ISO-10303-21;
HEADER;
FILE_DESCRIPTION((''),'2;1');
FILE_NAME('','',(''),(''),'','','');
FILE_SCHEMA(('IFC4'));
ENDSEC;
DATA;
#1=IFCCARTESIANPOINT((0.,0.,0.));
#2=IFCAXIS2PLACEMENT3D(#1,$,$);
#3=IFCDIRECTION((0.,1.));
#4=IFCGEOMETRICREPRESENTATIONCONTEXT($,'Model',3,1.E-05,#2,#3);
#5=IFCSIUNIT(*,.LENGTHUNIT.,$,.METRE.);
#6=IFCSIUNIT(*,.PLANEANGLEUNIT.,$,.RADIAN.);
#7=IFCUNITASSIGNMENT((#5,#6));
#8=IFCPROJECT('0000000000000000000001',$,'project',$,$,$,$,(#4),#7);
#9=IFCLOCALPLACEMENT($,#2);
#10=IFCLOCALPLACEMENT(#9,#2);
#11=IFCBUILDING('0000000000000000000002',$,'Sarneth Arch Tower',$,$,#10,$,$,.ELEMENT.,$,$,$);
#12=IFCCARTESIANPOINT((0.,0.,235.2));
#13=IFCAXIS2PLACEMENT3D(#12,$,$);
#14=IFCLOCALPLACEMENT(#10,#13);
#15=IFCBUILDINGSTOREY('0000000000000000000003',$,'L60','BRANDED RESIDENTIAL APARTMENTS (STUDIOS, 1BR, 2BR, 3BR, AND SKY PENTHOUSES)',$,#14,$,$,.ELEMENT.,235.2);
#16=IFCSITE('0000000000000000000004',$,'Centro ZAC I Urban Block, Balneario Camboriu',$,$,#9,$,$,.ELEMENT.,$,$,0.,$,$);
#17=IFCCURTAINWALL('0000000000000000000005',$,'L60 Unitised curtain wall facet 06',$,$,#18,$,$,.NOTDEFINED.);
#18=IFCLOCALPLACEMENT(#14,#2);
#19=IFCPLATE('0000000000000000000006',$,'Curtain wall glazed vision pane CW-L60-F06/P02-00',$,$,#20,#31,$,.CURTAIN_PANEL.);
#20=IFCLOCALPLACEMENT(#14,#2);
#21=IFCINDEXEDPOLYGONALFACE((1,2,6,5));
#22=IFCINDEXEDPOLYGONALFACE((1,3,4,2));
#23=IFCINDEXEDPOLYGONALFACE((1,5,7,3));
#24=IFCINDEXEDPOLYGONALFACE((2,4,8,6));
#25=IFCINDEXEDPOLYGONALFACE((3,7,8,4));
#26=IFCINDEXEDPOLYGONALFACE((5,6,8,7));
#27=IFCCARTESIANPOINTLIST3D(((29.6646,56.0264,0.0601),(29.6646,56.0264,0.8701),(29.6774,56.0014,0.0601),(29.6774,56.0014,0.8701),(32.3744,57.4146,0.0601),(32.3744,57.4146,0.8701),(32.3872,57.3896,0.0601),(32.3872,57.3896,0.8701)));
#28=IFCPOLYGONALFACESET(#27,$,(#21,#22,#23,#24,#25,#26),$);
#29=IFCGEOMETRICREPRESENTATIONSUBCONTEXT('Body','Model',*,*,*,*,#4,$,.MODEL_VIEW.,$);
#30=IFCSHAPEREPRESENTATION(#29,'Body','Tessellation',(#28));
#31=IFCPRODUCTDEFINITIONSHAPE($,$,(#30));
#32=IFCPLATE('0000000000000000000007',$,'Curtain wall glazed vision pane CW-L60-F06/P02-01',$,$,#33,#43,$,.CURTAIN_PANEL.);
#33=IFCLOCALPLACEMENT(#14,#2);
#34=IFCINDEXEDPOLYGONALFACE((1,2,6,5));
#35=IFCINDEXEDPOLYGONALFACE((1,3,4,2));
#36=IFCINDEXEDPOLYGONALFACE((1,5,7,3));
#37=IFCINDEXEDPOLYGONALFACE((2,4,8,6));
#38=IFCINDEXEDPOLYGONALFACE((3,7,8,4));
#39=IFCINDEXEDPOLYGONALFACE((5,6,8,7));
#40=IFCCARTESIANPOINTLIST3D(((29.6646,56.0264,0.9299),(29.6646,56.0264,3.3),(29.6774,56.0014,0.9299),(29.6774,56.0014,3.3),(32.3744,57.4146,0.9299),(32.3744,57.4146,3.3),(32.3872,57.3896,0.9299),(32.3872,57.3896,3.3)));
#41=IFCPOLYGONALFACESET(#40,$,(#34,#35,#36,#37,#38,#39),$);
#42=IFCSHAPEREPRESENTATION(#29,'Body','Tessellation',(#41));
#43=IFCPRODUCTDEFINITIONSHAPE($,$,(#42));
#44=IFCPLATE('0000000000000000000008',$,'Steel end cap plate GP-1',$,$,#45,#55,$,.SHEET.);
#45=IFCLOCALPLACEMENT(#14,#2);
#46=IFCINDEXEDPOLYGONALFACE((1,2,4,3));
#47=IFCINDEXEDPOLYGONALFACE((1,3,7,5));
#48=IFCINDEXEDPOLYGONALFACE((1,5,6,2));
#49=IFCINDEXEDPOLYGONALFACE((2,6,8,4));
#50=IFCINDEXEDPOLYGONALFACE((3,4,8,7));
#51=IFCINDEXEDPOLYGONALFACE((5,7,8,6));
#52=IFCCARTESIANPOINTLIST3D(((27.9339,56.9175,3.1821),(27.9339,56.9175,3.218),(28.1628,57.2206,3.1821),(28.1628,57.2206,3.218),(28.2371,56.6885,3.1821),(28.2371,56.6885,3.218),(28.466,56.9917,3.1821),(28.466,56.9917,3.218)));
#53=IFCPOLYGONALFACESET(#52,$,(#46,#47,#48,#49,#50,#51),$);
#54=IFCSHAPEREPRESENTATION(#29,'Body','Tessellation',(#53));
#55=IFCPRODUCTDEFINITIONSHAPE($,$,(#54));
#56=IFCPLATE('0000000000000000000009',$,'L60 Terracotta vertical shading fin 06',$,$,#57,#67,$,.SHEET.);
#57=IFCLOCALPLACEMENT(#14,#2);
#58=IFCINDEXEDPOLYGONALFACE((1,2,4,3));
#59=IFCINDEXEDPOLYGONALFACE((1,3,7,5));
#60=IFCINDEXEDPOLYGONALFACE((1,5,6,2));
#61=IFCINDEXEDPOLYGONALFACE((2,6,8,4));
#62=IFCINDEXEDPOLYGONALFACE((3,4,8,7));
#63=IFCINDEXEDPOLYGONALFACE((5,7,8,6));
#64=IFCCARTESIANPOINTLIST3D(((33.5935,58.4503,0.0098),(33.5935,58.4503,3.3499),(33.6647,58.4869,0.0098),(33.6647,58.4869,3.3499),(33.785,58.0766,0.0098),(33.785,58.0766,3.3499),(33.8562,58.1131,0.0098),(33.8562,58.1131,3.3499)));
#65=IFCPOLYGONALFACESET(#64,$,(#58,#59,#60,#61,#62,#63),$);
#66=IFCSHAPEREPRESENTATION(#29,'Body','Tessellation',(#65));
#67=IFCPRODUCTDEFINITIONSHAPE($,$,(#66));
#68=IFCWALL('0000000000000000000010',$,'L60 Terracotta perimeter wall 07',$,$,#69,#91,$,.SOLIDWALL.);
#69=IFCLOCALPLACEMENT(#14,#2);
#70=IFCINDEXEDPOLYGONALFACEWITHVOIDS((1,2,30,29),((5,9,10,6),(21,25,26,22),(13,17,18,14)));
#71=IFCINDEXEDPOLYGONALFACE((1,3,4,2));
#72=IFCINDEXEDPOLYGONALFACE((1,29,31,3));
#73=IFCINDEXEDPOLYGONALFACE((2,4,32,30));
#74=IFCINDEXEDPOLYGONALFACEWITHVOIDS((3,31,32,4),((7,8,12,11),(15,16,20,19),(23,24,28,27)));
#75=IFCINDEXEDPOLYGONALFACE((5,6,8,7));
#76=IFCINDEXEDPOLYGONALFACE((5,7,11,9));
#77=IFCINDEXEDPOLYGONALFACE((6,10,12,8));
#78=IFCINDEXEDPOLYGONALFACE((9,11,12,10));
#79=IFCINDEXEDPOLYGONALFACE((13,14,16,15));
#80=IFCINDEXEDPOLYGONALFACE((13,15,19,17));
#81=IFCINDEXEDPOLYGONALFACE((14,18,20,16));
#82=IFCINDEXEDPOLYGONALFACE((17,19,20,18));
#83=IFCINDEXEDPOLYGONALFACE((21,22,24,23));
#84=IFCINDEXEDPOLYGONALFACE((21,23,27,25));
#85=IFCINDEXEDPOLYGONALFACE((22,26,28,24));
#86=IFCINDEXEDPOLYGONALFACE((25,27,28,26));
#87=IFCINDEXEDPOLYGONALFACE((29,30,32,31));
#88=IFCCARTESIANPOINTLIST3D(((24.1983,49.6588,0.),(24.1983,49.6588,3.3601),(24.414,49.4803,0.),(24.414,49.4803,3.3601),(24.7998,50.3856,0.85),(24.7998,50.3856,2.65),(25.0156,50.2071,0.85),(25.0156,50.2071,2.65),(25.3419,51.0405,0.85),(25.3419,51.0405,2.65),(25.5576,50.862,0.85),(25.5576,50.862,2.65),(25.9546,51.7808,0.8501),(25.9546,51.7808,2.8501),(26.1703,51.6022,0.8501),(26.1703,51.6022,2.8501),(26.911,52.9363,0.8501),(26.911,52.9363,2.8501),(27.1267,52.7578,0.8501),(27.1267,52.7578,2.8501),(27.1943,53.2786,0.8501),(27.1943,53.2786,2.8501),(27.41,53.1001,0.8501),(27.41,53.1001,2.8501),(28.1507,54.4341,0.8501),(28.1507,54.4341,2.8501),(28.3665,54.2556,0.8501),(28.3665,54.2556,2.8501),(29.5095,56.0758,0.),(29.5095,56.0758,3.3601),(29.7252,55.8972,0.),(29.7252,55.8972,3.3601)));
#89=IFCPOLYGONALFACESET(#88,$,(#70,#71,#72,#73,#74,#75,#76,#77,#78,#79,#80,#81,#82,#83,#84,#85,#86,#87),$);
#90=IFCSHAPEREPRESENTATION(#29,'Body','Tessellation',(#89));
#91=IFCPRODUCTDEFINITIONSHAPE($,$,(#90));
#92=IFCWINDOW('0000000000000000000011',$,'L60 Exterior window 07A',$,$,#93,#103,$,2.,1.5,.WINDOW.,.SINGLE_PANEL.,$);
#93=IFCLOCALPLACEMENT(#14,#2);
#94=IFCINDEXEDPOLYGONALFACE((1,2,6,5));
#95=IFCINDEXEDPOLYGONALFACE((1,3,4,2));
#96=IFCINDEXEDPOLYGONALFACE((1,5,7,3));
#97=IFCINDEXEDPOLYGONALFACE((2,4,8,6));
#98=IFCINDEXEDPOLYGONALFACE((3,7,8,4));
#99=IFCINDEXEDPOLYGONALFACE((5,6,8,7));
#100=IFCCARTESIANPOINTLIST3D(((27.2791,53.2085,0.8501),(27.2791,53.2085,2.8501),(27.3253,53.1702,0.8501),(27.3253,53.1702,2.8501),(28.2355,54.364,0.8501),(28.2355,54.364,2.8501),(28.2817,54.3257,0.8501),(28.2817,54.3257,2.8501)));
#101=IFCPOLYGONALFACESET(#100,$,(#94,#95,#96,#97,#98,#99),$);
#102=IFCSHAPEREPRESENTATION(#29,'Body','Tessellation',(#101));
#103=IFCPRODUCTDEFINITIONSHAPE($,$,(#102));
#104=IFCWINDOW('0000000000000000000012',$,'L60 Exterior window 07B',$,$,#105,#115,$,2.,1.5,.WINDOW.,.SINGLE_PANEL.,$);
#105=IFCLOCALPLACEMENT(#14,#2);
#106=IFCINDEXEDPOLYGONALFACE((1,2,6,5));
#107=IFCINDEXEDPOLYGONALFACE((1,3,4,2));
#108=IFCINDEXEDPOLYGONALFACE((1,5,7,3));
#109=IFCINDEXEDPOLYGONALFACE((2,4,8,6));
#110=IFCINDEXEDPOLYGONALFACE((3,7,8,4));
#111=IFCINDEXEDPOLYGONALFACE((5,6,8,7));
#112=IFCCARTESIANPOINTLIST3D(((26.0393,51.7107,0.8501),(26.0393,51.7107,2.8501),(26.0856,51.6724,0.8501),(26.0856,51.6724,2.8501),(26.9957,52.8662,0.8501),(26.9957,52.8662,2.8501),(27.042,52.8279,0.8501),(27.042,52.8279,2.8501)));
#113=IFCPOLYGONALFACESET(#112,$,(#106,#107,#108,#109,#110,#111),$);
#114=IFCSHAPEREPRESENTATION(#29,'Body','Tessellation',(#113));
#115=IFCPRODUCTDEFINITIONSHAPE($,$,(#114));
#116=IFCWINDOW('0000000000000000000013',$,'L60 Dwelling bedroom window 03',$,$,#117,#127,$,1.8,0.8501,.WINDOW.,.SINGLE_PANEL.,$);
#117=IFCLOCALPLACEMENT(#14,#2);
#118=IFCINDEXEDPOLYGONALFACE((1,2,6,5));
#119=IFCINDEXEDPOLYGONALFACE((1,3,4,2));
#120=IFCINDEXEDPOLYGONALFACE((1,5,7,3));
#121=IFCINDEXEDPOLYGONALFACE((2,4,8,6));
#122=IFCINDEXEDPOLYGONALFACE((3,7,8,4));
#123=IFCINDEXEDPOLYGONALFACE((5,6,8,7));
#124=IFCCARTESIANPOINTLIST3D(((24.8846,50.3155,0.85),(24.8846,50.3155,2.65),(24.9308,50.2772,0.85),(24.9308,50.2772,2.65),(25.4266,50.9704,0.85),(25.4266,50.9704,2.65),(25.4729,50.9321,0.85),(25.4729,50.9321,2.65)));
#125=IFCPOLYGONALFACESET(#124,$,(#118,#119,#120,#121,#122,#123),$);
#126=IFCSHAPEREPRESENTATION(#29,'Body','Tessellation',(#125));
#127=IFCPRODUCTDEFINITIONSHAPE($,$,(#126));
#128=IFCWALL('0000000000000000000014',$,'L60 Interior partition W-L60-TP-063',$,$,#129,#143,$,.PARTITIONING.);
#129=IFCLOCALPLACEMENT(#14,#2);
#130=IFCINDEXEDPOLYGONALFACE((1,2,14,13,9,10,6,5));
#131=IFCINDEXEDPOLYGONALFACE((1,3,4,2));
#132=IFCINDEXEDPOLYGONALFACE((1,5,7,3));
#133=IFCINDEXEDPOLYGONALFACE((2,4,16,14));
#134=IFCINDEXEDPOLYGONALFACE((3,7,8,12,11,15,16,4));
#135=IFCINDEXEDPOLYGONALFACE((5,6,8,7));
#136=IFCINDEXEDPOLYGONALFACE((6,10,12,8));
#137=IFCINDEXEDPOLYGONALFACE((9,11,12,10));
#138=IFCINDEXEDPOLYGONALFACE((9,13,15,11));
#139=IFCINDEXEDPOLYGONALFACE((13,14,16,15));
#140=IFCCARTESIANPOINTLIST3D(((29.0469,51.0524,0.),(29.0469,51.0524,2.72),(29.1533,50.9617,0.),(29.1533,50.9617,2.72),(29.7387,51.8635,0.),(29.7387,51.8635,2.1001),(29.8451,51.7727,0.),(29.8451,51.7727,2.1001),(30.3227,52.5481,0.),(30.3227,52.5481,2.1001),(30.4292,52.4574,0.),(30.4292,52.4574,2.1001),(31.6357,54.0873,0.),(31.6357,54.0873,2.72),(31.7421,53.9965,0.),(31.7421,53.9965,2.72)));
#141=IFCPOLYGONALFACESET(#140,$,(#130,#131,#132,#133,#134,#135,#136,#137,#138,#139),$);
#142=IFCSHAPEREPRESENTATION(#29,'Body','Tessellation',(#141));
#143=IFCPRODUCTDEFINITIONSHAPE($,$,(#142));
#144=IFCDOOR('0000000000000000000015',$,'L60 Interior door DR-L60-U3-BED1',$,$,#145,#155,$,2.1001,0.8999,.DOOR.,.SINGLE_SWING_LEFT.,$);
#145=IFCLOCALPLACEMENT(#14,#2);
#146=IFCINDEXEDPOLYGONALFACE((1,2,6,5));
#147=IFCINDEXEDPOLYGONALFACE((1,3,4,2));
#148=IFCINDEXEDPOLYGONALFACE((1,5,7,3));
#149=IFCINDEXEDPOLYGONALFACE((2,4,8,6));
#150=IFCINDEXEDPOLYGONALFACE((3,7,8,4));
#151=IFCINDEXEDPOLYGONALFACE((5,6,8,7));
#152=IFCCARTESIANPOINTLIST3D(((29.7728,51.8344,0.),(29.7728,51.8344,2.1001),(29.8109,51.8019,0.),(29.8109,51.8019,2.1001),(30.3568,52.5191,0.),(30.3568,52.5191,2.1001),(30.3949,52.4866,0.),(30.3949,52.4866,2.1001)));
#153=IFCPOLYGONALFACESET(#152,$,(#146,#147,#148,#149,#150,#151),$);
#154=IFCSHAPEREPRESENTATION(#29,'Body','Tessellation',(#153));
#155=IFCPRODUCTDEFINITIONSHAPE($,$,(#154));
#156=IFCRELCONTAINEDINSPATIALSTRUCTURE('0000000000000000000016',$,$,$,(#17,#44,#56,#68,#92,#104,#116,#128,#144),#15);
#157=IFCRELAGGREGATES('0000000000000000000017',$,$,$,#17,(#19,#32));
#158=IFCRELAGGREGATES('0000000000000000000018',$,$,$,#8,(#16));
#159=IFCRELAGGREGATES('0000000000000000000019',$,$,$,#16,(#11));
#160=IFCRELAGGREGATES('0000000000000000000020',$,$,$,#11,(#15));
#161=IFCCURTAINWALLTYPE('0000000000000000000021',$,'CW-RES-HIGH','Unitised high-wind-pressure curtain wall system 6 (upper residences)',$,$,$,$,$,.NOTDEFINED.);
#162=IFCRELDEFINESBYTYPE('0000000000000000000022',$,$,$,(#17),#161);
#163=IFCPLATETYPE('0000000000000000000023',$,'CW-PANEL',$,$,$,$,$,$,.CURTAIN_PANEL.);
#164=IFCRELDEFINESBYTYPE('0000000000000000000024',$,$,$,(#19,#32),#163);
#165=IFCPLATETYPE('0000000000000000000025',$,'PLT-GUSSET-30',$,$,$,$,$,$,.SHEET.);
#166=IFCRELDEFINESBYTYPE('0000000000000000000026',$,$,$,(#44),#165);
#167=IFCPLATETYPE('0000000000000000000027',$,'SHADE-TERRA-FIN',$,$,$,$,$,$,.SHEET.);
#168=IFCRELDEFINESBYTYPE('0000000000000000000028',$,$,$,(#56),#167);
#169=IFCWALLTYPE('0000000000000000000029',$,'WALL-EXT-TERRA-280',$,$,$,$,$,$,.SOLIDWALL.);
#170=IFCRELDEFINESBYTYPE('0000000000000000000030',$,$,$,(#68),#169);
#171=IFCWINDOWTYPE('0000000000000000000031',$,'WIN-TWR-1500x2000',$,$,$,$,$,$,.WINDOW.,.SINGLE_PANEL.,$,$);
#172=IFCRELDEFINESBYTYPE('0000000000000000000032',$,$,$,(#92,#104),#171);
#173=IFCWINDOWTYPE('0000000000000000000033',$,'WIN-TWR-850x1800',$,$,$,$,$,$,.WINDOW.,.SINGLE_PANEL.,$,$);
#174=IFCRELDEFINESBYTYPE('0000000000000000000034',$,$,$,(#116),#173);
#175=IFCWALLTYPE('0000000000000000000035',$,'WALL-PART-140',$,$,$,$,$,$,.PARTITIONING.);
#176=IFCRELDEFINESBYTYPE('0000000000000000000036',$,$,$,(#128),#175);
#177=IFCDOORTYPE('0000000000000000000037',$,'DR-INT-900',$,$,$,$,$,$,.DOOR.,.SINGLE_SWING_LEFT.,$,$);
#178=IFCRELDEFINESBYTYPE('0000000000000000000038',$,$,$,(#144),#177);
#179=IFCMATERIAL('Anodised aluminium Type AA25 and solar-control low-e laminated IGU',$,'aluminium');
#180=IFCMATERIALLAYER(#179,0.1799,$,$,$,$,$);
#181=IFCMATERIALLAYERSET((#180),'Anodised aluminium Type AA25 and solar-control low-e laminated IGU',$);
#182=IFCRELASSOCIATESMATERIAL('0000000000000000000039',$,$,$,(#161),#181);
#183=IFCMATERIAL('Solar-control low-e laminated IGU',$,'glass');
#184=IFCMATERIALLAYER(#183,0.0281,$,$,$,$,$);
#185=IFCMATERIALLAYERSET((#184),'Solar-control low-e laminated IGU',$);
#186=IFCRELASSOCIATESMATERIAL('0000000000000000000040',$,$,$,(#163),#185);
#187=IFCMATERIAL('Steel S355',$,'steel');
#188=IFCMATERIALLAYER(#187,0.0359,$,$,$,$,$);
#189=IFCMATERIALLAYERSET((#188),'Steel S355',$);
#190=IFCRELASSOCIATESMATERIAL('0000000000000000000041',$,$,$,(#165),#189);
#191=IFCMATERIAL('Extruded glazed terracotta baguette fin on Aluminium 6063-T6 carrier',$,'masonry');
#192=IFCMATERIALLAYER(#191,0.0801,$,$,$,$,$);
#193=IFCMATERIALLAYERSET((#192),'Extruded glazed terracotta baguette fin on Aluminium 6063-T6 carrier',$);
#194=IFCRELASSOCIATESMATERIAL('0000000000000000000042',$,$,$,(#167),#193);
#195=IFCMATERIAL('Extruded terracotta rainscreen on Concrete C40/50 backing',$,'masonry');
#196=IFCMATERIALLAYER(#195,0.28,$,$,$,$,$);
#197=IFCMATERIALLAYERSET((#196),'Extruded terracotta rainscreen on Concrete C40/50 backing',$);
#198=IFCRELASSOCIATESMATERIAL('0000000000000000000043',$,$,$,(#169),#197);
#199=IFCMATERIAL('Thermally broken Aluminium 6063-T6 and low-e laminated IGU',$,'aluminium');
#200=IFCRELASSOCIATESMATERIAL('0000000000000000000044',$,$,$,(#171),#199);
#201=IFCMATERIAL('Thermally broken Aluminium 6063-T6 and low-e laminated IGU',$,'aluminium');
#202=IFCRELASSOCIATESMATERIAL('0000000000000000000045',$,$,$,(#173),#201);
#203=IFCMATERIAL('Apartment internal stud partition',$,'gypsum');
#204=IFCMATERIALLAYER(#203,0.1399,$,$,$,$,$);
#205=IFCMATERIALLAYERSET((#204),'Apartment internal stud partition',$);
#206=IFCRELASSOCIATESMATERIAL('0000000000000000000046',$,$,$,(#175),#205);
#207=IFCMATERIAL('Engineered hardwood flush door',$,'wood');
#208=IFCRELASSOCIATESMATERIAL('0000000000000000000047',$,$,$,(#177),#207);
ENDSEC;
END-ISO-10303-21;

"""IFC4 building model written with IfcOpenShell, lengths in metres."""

from ifc_helpers import new_model, si_unit, direction, frame, frame_2d, origin, origin_2d, place, context, subcontext, project, spatial, rectangle, extrude, material, layer, layer_set, type_object, element, fill, aggregate, save


model = new_model("IFC4")

# Units and contexts
model_context = context("Model", 3, precision=1e-05, world=origin(), true_north=direction((0.0, 1.0)))
body_context = subcontext(model_context, "Body", "Model", "MODEL_VIEW")
ifc_project = project(units=[si_unit("LENGTHUNIT", "METRE"), si_unit("PLANEANGLEUNIT", "RADIAN")], contexts=[model_context])

# Site, building, storey
site_placement = place(None, origin())
site = spatial("IfcSite", under=ifc_project, at=site_placement, Name="Centro ZAC I Urban Block, Balneario Camboriu", CompositionType="ELEMENT", RefElevation=0.0)
building_placement = place(site_placement, origin())
building = spatial("IfcBuilding", under=site, at=building_placement, Name="Sarneth Arch Tower", CompositionType="ELEMENT")
storey_placement = place(building_placement, frame((0.0, 0.0, 235.2)))
storey = spatial("IfcBuildingStorey", under=building, at=storey_placement, Name="L60", Description="BRANDED RESIDENTIAL APARTMENTS (STUDIOS, 1BR, 2BR, 3BR, AND SKY PENTHOUSES)", CompositionType="ELEMENT", Elevation=235.2)

# Curtain wall
ifc_material_1 = material(Name="Anodised aluminium Type AA25 and solar-control low-e laminated IGU", Category="aluminium")
ifc_layer_1 = layer(ifc_material_1, 0.1799)
ifc_layer_set_1 = layer_set([ifc_layer_1], Name="Anodised aluminium Type AA25 and solar-control low-e laminated IGU")
curtain_wall_type = type_object("IfcCurtainWallType", Name="CW-RES-HIGH", Description="Unitised high-wind-pressure curtain wall system 6 (upper residences)", PredefinedType="NOTDEFINED", material=ifc_layer_set_1)
curtain_wall_placement = place(storey_placement, origin())
curtain_wall = element("IfcCurtainWall", 1, at=curtain_wall_placement, inside=storey, type_object=curtain_wall_type, Name="L60 Unitised curtain wall facet 06", PredefinedType="NOTDEFINED")

# Plates
ifc_material_2 = material(Name="Solar-control low-e laminated IGU", Category="glass")
ifc_layer_2 = layer(ifc_material_2, 0.0281)
ifc_layer_set_2 = layer_set([ifc_layer_2], Name="Solar-control low-e laminated IGU")
plate_type_1 = type_object("IfcPlateType", Name="CW-PANEL", PredefinedType="CURTAIN_PANEL", material=ifc_layer_set_2)
plate_1_placement = place(storey_placement, frame((31.0259, 56.708, 0.0601), z_axis=(0.0, 0.0, 1.0), x_axis=(-0.89001, -0.455942, 0.0)))
plate_1 = element("IfcPlate", 2, at=plate_1_placement, type_object=plate_type_1, Name="Curtain wall glazed vision pane CW-L60-F06/P02-00", PredefinedType="CURTAIN_PANEL", context=body_context, shape_type="SweptSolid", body=[
    extrude(rectangle(XDim=3.0447, YDim=0.0281, at=origin_2d()), origin(), (0.0, 0.0, 1.0), 0.8101),
])
plate_2_placement = place(storey_placement, frame((31.0259, 56.708, 0.9299), z_axis=(0.0, 0.0, 1.0), x_axis=(-0.89001, -0.455942, 0.0)))
plate_2 = element("IfcPlate", 3, at=plate_2_placement, type_object=plate_type_1, Name="Curtain wall glazed vision pane CW-L60-F06/P02-01", PredefinedType="CURTAIN_PANEL", context=body_context, shape_type="SweptSolid", body=[
    extrude(rectangle(XDim=3.0447, YDim=0.0281, at=origin_2d()), origin(), (0.0, 0.0, 1.0), 2.3701),
])
aggregate(curtain_wall, [plate_1, plate_2])

# Plates
ifc_material_3 = material(Name="Steel S355", Category="steel")
ifc_layer_3 = layer(ifc_material_3, 0.0359)
ifc_layer_set_3 = layer_set([ifc_layer_3], Name="Steel S355")
plate_type_2 = type_object("IfcPlateType", Name="PLT-GUSSET-30", PredefinedType="SHEET", material=ifc_layer_set_3)
plate_3_placement = place(storey_placement, frame((28.2, 56.9546, 3.1821), z_axis=(0.0, 0.0, 1.0), x_axis=(-0.798005, 0.602651, 0.0)))
element("IfcPlate", 4, at=plate_3_placement, inside=storey, type_object=plate_type_2, Name="Steel end cap plate GP-1", PredefinedType="SHEET", context=body_context, shape_type="SweptSolid", body=[
    extrude(rectangle(XDim=0.3799, YDim=0.3799, at=origin_2d()), origin(), (0.0, 0.0, 1.0), 0.0359),
])
ifc_material_4 = material(Name="Extruded glazed terracotta baguette fin on Aluminium 6063-T6 carrier", Category="masonry")
ifc_layer_4 = layer(ifc_material_4, 0.0801)
ifc_layer_set_4 = layer_set([ifc_layer_4], Name="Extruded glazed terracotta baguette fin on Aluminium 6063-T6 carrier")
plate_type_3 = type_object("IfcPlateType", Name="SHADE-TERRA-FIN", PredefinedType="SHEET", material=ifc_layer_set_4)
plate_4_placement = place(storey_placement, frame((33.7249, 58.2817, 0.0098), z_axis=(0.0, 0.0, 1.0), x_axis=(-0.456011, 0.889974, 0.0)))
element("IfcPlate", 5, at=plate_4_placement, inside=storey, type_object=plate_type_3, Name="L60 Terracotta vertical shading fin 06", PredefinedType="SHEET", context=body_context, shape_type="SweptSolid", body=[
    extrude(rectangle(XDim=0.4199, YDim=0.0801, at=origin_2d()), origin(), (0.0, 0.0, 1.0), 3.3401),
])

# Wall, openings, windows
ifc_material_5 = material(Name="Extruded terracotta rainscreen on Concrete C40/50 backing", Category="masonry")
ifc_layer_5 = layer(ifc_material_5, 0.28)
ifc_layer_set_5 = layer_set([ifc_layer_5], Name="Extruded terracotta rainscreen on Concrete C40/50 backing")
wall_type_1 = type_object("IfcWallType", Name="WALL-EXT-TERRA-280", PredefinedType="SOLIDWALL", material=ifc_layer_set_5)
wall_1_placement = place(storey_placement, frame((29.6174, 55.9866, 0.0), z_axis=(0.0, 0.0, 1.0), x_axis=(-0.637615, -0.770355, 0.0)))
wall_1 = element("IfcWall", 6, at=wall_1_placement, inside=storey, type_object=wall_type_1, Name="L60 Terracotta perimeter wall 07", PredefinedType="SOLIDWALL", context=body_context, shape_type="SweptSolid", body=[
    extrude(rectangle(XDim=8.3298, YDim=0.28, at=frame_2d((4.165, 0.0))), origin(), (0.0, 0.0, 1.0), 3.3601),
])
opening_1_placement = place(wall_1_placement, frame((2.1311, 0.0, 0.8501)))
opening_1 = element("IfcOpeningElement", 7, at=opening_1_placement, cuts=wall_1, PredefinedType="OPENING", context=body_context, shape_type="SweptSolid", body=[
    extrude(rectangle(XDim=1.5, YDim=2.0, at=frame_2d((0.75, 1.0))), frame((0.0, 0.1499, 0.0), z_axis=(0.0, -1.0, 0.0), x_axis=(1.0, 0.0, 0.0)), (0.0, 0.0, 1.0), 0.3),
])
opening_2_placement = place(wall_1_placement, frame((4.0754, 0.0, 0.8501)))
opening_2 = element("IfcOpeningElement", 8, at=opening_2_placement, cuts=wall_1, PredefinedType="OPENING", context=body_context, shape_type="SweptSolid", body=[
    extrude(rectangle(XDim=1.5, YDim=2.0, at=frame_2d((0.75, 1.0))), frame((0.0, 0.1499, 0.0), z_axis=(0.0, -1.0, 0.0), x_axis=(1.0, 0.0, 0.0)), (0.0, 0.0, 1.0), 0.3),
])
opening_3_placement = place(wall_1_placement, frame((6.5364, 0.0, 0.8501)))
opening_3 = element("IfcOpeningElement", 9, at=opening_3_placement, cuts=wall_1, PredefinedType="OPENING", context=body_context, shape_type="SweptSolid", body=[
    extrude(rectangle(XDim=0.8501, YDim=1.8, at=frame_2d((0.425, 0.8999))), frame((0.0, 0.1499, 0.0), z_axis=(0.0, -1.0, 0.0), x_axis=(1.0, 0.0, 0.0)), (0.0, 0.0, 1.0), 0.3),
])
ifc_material_6 = material(Name="Thermally broken Aluminium 6063-T6 and low-e laminated IGU", Category="aluminium")
window_type_1 = type_object("IfcWindowType", Name="WIN-TWR-1500x2000", PartitioningType="SINGLE_PANEL", PredefinedType="WINDOW", material=ifc_material_6)
window_1_placement = place(opening_1_placement, origin())
window_1 = element("IfcWindow", 10, at=window_1_placement, inside=storey, type_object=window_type_1, Name="L60 Exterior window 07A", OverallHeight=2.0, OverallWidth=1.5, PartitioningType="SINGLE_PANEL", PredefinedType="WINDOW", context=body_context, shape_type="SweptSolid", body=[
    extrude(rectangle(XDim=1.5, YDim=2.0, at=frame_2d((0.75, 1.0))), frame((0.0, 0.03, 0.0), z_axis=(0.0, -1.0, 0.0), x_axis=(1.0, 0.0, 0.0)), (0.0, 0.0, 1.0), 0.0601),
])
fill(opening_1, window_1)
window_2_placement = place(opening_2_placement, origin())
window_2 = element("IfcWindow", 11, at=window_2_placement, inside=storey, type_object=window_type_1, Name="L60 Exterior window 07B", OverallHeight=2.0, OverallWidth=1.5, PartitioningType="SINGLE_PANEL", PredefinedType="WINDOW", context=body_context, shape_type="SweptSolid", body=[
    extrude(rectangle(XDim=1.5, YDim=2.0, at=frame_2d((0.75, 1.0))), frame((0.0, 0.03, 0.0), z_axis=(0.0, -1.0, 0.0), x_axis=(1.0, 0.0, 0.0)), (0.0, 0.0, 1.0), 0.0601),
])
fill(opening_2, window_2)
ifc_material_7 = material(Name="Thermally broken Aluminium 6063-T6 and low-e laminated IGU", Category="aluminium")
window_type_2 = type_object("IfcWindowType", Name="WIN-TWR-850x1800", PartitioningType="SINGLE_PANEL", PredefinedType="WINDOW", material=ifc_material_7)
window_3_placement = place(opening_3_placement, origin())
window_3 = element("IfcWindow", 12, at=window_3_placement, inside=storey, type_object=window_type_2, Name="L60 Dwelling bedroom window 03", OverallHeight=1.8, OverallWidth=0.8501, PartitioningType="SINGLE_PANEL", PredefinedType="WINDOW", context=body_context, shape_type="SweptSolid", body=[
    extrude(rectangle(XDim=0.8501, YDim=1.8, at=frame_2d((0.425, 0.8999))), frame((0.0, 0.03, 0.0), z_axis=(0.0, -1.0, 0.0), x_axis=(1.0, 0.0, 0.0)), (0.0, 0.0, 1.0), 0.0601),
])
fill(opening_3, window_3)

# Wall, opening, door
ifc_material_8 = material(Name="Apartment internal stud partition", Category="gypsum")
ifc_layer_6 = layer(ifc_material_8, 0.1399)
ifc_layer_set_6 = layer_set([ifc_layer_6], Name="Apartment internal stud partition")
wall_type_2 = type_object("IfcWallType", Name="WALL-PART-140", PredefinedType="PARTITIONING", material=ifc_layer_set_6)
wall_2_placement = place(storey_placement, frame((31.689, 54.042, 0.0), z_axis=(0.0, 0.0, 1.0), x_axis=(-0.648985, -0.760801, 0.0)))
wall_2 = element("IfcWall", 13, at=wall_2_placement, inside=storey, type_object=wall_type_2, Name="L60 Interior partition W-L60-TP-063", PredefinedType="PARTITIONING", context=body_context, shape_type="SweptSolid", body=[
    extrude(rectangle(XDim=3.989, YDim=0.1399, at=frame_2d((1.9946, 0.0))), origin(), (0.0, 0.0, 1.0), 2.72),
])
opening_4_placement = place(wall_2_placement, frame((2.0232, 0.0, 0.0)))
opening_4 = element("IfcOpeningElement", 14, at=opening_4_placement, cuts=wall_2, PredefinedType="OPENING", context=body_context, shape_type="SweptSolid", body=[
    extrude(rectangle(XDim=0.8999, YDim=2.1001, at=frame_2d((0.45, 1.05))), frame((0.0, 0.0798, 0.0), z_axis=(0.0, -1.0, 0.0), x_axis=(1.0, 0.0, 0.0)), (0.0, 0.0, 1.0), 0.1599),
])
ifc_material_9 = material(Name="Engineered hardwood flush door", Category="wood")
door_type = type_object("IfcDoorType", Name="DR-INT-900", OperationType="SINGLE_SWING_LEFT", PredefinedType="DOOR", material=ifc_material_9)
door_placement = place(opening_4_placement, origin())
door = element("IfcDoor", 15, at=door_placement, inside=storey, type_object=door_type, Name="L60 Interior door DR-L60-U3-BED1", OperationType="SINGLE_SWING_LEFT", OverallHeight=2.1001, OverallWidth=0.8999, PredefinedType="DOOR", context=body_context, shape_type="SweptSolid", body=[
    extrude(rectangle(XDim=0.8999, YDim=2.1001, at=frame_2d((0.45, 1.05))), frame((0.0, 0.0249, 0.0), z_axis=(0.0, -1.0, 0.0), x_axis=(1.0, 0.0, 0.0)), (0.0, 0.0, 1.0), 0.05),
])
fill(opening_4, door)

save(model, "model.ifc")
